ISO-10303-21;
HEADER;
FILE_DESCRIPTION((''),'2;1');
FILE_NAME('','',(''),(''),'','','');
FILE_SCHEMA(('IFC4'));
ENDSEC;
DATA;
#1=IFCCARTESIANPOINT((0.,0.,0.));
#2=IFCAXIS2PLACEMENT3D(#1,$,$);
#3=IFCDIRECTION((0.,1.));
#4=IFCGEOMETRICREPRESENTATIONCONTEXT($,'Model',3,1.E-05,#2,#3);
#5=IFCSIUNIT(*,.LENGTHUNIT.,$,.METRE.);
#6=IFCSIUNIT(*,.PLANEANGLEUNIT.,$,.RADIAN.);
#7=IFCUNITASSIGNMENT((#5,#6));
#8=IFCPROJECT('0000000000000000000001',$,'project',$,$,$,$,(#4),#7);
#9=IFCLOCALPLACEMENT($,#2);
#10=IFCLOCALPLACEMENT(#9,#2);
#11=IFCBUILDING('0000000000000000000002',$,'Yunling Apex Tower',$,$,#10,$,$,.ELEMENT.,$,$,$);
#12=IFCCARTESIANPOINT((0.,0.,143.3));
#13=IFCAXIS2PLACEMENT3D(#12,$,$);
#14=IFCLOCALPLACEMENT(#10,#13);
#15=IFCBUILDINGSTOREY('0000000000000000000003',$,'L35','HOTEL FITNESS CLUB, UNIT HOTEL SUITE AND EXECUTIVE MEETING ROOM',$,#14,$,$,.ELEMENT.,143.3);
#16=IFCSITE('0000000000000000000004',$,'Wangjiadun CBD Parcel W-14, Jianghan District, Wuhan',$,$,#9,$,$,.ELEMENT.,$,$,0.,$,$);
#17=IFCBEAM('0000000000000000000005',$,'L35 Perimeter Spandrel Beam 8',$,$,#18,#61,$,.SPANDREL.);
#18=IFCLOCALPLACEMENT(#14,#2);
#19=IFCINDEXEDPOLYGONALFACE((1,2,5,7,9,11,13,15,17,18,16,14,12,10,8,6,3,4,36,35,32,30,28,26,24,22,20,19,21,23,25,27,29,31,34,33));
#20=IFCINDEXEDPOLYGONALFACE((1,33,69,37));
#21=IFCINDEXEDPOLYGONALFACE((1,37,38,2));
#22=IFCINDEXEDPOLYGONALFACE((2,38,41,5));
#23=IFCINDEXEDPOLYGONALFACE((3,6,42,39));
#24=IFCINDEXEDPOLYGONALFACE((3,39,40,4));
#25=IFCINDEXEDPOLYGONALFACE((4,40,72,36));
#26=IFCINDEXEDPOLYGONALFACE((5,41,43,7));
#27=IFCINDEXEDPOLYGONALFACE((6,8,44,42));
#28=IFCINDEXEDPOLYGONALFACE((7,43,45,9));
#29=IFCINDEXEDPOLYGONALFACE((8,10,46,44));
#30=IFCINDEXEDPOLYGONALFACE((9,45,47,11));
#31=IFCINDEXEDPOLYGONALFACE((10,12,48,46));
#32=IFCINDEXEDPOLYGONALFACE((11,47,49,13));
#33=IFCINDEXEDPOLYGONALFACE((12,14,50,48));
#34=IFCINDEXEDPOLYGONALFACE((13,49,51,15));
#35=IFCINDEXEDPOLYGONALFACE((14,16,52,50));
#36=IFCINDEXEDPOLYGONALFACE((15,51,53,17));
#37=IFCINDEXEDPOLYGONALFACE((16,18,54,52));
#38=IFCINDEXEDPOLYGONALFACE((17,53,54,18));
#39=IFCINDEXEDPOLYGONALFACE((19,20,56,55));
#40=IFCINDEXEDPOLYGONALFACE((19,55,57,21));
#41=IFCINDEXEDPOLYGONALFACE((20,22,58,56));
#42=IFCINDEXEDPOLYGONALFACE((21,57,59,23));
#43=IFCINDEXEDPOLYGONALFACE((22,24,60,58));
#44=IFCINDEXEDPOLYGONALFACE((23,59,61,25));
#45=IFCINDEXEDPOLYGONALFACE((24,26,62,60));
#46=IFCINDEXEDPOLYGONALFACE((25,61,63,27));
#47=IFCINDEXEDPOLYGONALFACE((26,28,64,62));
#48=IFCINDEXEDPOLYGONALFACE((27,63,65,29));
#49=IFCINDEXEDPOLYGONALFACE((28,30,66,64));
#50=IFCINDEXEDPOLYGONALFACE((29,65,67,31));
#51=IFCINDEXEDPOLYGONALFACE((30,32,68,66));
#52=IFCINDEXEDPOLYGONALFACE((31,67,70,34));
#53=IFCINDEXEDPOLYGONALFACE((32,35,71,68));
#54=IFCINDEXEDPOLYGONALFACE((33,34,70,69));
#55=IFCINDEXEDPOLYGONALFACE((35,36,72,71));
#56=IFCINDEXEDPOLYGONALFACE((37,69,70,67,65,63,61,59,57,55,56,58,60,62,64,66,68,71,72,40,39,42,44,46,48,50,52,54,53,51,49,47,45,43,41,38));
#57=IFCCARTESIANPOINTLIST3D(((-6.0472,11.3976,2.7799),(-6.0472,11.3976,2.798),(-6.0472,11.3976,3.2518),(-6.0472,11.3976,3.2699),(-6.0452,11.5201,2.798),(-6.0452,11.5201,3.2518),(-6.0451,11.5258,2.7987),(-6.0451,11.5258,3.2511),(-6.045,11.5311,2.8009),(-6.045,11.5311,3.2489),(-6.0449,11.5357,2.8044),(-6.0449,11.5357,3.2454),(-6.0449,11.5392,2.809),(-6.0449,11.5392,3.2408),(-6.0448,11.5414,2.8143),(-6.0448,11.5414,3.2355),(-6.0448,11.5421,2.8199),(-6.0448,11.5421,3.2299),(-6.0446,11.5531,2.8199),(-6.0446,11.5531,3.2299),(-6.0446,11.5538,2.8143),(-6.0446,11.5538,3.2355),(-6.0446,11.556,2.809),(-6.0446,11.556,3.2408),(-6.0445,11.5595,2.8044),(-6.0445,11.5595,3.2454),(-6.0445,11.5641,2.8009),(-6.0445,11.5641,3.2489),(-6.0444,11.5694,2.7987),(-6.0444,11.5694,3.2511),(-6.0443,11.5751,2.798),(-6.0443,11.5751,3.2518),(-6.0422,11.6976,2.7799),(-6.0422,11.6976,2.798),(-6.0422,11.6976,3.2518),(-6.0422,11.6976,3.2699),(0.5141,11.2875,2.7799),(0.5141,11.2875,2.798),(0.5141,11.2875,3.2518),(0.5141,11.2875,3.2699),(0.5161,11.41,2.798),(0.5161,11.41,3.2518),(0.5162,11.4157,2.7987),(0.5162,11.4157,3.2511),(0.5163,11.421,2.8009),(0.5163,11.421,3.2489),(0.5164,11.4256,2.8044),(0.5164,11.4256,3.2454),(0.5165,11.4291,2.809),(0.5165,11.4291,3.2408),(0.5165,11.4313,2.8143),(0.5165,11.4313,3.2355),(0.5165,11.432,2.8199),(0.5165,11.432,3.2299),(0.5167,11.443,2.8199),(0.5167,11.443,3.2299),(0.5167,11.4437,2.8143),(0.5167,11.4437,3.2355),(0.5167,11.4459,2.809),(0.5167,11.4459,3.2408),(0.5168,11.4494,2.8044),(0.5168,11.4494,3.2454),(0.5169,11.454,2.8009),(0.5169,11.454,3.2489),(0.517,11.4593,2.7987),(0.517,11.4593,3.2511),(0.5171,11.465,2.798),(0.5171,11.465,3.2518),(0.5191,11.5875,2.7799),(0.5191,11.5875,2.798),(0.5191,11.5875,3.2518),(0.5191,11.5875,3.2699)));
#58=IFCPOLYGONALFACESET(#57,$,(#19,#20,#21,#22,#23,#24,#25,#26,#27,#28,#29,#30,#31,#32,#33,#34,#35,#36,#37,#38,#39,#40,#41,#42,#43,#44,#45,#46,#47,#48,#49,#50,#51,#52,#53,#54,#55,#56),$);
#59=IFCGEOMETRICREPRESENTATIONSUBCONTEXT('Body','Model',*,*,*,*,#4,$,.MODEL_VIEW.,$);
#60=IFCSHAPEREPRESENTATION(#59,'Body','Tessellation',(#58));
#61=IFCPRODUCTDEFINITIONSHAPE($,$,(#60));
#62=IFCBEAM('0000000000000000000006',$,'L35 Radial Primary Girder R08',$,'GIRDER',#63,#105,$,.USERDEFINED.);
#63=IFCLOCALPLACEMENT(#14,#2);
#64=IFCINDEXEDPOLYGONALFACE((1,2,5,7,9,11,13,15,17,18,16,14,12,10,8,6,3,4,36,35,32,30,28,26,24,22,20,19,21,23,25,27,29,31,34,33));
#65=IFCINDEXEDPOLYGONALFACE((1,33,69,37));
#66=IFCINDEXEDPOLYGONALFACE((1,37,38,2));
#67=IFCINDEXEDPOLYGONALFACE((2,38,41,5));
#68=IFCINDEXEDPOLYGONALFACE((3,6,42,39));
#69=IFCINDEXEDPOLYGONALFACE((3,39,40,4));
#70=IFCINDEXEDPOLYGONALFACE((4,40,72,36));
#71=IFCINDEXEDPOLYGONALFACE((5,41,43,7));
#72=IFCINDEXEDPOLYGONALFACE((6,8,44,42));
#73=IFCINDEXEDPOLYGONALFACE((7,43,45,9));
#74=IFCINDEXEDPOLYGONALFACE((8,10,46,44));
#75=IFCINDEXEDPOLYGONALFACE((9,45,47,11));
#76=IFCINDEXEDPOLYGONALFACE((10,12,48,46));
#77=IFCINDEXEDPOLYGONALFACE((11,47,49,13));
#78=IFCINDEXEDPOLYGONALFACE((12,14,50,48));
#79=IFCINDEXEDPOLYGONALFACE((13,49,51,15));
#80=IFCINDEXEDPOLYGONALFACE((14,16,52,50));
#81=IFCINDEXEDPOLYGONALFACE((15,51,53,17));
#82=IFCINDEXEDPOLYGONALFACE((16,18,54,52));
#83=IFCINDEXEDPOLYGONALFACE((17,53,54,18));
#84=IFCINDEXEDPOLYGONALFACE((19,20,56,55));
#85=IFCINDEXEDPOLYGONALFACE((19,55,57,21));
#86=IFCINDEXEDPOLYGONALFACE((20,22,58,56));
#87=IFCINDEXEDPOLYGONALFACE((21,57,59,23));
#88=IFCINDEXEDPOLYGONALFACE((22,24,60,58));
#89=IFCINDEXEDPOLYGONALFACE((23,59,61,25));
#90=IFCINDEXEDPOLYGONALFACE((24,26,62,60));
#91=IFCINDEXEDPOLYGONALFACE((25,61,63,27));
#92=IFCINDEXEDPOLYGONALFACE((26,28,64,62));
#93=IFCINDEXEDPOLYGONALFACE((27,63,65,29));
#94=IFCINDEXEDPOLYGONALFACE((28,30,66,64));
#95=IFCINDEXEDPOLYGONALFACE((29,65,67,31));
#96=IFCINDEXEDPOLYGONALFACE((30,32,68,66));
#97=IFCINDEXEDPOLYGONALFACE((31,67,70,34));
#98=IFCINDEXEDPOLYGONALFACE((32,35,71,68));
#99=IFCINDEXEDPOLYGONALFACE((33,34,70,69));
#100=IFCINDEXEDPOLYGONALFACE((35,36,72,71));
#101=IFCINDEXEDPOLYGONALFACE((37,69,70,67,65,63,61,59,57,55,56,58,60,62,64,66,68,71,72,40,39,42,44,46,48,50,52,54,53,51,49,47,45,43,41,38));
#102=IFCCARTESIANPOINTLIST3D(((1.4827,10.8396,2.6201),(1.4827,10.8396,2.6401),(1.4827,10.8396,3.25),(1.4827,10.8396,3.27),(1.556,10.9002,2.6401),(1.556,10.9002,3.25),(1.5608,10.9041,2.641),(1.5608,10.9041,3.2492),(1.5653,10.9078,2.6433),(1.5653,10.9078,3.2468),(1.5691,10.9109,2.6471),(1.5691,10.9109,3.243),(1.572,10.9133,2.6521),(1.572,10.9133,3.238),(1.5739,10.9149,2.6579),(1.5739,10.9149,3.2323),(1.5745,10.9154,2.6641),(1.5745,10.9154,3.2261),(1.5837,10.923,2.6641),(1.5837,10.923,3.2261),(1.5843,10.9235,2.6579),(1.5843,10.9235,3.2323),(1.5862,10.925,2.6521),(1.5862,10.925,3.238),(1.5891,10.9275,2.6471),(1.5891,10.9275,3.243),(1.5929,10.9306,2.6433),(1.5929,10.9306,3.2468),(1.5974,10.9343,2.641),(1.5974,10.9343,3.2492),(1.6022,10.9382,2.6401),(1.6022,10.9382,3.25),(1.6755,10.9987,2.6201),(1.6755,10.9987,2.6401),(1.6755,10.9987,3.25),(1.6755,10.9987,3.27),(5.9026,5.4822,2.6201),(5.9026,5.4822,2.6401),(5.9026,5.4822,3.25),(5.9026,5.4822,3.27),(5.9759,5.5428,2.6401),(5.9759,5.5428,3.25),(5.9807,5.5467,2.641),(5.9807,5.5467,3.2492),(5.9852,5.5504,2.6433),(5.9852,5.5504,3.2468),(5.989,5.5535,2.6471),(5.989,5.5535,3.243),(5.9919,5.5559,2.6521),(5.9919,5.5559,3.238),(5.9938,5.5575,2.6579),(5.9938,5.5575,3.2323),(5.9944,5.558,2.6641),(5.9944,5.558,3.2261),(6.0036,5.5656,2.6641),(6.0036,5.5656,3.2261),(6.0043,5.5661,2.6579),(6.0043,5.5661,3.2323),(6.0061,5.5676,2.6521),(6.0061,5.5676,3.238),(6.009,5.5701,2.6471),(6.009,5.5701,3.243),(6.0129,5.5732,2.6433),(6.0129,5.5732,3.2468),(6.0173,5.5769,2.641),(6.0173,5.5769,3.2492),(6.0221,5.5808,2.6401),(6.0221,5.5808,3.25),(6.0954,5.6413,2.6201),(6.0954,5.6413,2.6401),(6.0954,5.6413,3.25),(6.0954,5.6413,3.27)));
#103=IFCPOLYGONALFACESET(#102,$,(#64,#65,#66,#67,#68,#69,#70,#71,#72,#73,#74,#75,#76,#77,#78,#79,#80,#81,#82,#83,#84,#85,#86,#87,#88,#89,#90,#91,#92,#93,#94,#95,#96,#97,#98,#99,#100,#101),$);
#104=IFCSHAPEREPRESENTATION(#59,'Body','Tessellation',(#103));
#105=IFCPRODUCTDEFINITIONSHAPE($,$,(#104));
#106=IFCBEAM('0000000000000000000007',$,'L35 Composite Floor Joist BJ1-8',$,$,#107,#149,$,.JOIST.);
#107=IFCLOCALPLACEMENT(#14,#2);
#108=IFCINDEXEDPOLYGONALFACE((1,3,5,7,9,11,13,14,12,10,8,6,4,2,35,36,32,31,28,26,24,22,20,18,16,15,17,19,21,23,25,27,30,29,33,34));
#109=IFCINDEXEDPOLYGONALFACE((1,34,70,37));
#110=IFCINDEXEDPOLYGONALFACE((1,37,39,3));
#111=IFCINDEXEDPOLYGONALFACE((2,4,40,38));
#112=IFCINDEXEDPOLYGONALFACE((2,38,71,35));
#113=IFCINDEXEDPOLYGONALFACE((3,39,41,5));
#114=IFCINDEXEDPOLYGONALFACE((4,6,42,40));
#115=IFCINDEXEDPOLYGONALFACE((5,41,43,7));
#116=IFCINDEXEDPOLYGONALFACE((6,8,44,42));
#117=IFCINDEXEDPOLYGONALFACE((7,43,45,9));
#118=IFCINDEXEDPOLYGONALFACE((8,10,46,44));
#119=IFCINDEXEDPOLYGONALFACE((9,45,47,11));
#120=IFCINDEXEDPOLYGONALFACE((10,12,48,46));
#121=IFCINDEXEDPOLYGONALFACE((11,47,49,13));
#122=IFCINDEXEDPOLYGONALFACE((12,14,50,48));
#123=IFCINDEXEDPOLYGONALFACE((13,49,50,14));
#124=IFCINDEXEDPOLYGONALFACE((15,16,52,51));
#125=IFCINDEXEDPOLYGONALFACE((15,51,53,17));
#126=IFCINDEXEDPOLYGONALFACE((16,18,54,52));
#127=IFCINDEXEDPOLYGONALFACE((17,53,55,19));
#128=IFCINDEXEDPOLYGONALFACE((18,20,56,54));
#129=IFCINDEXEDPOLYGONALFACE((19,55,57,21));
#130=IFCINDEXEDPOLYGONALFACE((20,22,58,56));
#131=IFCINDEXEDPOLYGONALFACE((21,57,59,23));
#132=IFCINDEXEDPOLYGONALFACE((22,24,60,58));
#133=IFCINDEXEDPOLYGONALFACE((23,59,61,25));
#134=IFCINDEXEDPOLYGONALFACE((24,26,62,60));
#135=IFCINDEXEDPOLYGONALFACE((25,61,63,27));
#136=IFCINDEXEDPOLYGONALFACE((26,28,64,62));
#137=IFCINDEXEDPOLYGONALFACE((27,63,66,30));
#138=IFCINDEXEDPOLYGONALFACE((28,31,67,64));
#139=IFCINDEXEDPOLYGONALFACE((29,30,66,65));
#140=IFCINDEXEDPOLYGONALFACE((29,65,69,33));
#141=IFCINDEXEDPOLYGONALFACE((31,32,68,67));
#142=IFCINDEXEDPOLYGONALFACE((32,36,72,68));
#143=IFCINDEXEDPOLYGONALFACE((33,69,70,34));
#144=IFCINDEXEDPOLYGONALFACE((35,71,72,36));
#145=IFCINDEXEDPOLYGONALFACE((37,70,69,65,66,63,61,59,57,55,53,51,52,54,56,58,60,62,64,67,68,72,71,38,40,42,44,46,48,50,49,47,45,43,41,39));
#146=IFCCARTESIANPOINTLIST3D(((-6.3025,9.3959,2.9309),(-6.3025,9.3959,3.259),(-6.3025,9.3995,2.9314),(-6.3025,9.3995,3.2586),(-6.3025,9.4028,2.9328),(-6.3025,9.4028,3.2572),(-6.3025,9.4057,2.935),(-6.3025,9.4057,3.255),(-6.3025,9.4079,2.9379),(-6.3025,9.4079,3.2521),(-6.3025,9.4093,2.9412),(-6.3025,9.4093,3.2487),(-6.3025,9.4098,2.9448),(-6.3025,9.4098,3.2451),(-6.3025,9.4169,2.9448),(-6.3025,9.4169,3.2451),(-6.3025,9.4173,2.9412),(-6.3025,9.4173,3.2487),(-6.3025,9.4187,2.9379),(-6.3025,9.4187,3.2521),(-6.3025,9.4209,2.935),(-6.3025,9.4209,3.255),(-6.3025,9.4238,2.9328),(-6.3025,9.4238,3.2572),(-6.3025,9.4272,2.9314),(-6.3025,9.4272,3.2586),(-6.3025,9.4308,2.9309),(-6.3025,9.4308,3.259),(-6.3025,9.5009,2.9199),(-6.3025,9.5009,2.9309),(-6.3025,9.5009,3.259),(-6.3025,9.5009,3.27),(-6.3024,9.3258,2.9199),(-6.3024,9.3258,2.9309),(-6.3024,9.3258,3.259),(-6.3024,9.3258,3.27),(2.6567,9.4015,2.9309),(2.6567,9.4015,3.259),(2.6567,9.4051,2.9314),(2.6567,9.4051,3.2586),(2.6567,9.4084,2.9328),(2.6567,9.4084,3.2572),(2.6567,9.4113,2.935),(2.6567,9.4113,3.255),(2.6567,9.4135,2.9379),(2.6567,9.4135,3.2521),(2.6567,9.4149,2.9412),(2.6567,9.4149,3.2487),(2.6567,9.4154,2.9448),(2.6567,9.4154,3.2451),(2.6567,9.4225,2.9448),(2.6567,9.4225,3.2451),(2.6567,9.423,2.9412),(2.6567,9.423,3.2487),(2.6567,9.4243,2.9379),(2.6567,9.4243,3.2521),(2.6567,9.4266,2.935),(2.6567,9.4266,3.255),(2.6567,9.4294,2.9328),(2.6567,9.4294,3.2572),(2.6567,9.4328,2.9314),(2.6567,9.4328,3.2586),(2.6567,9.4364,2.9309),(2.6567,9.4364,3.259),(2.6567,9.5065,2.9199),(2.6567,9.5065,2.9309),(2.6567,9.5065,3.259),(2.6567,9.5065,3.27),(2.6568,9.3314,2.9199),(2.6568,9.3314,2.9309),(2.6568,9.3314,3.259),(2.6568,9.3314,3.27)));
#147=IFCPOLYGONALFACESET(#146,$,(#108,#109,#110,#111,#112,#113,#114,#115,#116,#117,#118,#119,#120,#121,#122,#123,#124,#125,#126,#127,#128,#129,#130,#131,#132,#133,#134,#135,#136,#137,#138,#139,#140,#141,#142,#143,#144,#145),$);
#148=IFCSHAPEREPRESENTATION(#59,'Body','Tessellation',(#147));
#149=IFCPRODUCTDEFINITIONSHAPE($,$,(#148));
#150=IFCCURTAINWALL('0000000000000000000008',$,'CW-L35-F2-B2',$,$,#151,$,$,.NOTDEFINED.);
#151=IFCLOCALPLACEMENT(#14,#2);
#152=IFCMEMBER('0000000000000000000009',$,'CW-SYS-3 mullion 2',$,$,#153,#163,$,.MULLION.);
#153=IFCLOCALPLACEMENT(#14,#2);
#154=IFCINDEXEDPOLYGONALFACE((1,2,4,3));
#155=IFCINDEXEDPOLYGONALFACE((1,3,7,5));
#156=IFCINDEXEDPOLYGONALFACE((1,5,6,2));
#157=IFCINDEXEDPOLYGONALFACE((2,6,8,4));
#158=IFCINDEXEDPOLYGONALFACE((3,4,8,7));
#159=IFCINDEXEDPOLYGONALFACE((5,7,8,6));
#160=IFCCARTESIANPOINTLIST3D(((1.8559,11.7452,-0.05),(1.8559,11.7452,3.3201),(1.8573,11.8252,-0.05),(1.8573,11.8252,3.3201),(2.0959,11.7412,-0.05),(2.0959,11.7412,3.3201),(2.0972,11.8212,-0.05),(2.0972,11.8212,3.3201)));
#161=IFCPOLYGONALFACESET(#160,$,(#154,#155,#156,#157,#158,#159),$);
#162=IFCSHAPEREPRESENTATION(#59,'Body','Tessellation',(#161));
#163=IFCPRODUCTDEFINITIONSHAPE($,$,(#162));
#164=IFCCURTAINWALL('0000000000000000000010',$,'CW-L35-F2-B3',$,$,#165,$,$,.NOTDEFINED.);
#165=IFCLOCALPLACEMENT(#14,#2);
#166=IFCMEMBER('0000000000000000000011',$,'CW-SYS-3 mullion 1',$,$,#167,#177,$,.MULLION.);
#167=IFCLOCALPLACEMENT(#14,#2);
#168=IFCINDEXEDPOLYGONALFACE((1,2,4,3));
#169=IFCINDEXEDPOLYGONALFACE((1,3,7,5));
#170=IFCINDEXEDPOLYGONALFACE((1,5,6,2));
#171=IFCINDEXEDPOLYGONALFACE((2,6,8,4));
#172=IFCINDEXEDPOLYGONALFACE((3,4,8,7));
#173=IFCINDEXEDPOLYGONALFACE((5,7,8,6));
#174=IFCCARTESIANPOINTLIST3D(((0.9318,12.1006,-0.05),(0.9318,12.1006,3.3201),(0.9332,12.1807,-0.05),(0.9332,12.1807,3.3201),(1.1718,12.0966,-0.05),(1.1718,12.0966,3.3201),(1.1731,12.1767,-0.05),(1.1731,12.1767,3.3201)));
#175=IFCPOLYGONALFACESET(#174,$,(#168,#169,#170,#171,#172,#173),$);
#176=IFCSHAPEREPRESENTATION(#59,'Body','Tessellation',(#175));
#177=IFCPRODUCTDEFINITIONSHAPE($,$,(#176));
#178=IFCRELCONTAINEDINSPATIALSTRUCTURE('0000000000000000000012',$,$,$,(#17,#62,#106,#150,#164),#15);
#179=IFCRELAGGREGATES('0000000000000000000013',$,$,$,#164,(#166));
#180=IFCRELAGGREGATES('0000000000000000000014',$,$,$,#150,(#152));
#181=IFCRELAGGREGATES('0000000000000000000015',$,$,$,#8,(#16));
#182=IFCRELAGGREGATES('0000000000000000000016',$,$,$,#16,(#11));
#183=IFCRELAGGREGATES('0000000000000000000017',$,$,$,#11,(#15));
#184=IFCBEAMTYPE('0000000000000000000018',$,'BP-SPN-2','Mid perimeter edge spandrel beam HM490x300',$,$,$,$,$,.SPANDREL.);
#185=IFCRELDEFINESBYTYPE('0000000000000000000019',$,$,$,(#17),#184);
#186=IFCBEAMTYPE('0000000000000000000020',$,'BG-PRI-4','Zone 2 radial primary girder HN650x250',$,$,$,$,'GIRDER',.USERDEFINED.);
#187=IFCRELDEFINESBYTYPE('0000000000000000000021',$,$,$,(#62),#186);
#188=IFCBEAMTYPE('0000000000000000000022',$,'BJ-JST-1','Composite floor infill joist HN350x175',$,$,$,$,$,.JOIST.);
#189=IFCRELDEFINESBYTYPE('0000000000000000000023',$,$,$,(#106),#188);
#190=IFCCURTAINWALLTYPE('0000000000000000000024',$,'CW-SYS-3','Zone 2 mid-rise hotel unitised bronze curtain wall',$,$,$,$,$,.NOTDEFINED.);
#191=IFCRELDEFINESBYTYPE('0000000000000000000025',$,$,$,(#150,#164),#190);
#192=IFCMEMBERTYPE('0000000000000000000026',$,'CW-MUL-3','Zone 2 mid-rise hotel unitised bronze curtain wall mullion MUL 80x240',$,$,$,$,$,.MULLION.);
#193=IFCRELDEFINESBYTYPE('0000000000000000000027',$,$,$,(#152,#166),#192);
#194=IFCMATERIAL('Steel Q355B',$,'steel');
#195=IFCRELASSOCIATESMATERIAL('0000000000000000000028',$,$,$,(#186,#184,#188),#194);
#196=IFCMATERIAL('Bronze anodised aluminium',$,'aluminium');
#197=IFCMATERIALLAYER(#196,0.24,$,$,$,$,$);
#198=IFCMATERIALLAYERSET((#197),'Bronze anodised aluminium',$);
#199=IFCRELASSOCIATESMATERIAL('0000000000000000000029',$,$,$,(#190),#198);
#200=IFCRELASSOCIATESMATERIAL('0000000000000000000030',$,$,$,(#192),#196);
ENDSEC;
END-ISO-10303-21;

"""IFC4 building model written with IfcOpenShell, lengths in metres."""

from ifc_helpers import new_model, si_unit, direction, frame, origin, origin_2d, place, context, subcontext, project, spatial, rectangle, i_section, extrude, source, transform, mapped, material, layer, layer_set, material_profile, profile_set, type_object, element, aggregate, save


model = new_model("IFC4")

# Units and contexts
model_context = context("Model", 3, precision=1e-05, world=origin(), true_north=direction((0.0, 1.0)))
body_context = subcontext(model_context, "Body", "Model", "MODEL_VIEW")
ifc_project = project(units=[si_unit("LENGTHUNIT", "METRE"), si_unit("PLANEANGLEUNIT", "RADIAN")], contexts=[model_context])

# Site, building, storey
site_placement = place(None, origin())
site = spatial("IfcSite", under=ifc_project, at=site_placement, Name="Wangjiadun CBD Parcel W-14, Jianghan District, Wuhan", CompositionType="ELEMENT", RefElevation=0.0)
building_placement = place(site_placement, origin())
building = spatial("IfcBuilding", under=site, at=building_placement, Name="Yunling Apex Tower", CompositionType="ELEMENT")
storey_placement = place(building_placement, frame((0.0, 0.0, 143.3)))
storey = spatial("IfcBuildingStorey", under=building, at=storey_placement, Name="L35", Description="HOTEL FITNESS CLUB, UNIT HOTEL SUITE AND EXECUTIVE MEETING ROOM", CompositionType="ELEMENT", Elevation=143.3)

# Beams
ifc_material_1 = material(Name="Steel Q355B", Category="steel")
ifc_material_profile_1 = material_profile(ifc_material_1, i_section(OverallWidth=0.25, OverallDepth=0.6499, WebThickness=0.012, FlangeThickness=0.02, FilletRadius=0.0239, at=origin_2d()))
ifc_profile_set_1 = profile_set([ifc_material_profile_1], Name="Steel Q355B")
beam_type_1 = type_object("IfcBeamType", Name="BG-PRI-4", Description="Zone 2 radial primary girder HN650x250", ElementType="GIRDER", PredefinedType="USERDEFINED", material=ifc_profile_set_1)
ifc_material_profile_2 = material_profile(ifc_material_1, i_section(OverallWidth=0.3, OverallDepth=0.49, WebThickness=0.011, FlangeThickness=0.0181, FilletRadius=0.022, at=origin_2d()))
ifc_profile_set_2 = profile_set([ifc_material_profile_2], Name="Steel Q355B")
beam_type_2 = type_object("IfcBeamType", Name="BP-SPN-2", Description="Mid perimeter edge spandrel beam HM490x300", PredefinedType="SPANDREL", material=ifc_profile_set_2)
shared_shape_1 = source(origin(), body_context, "Body", "SweptSolid", [
    extrude(i_section(OverallWidth=0.3, OverallDepth=0.49, WebThickness=0.011, FlangeThickness=0.0181, FilletRadius=0.022, at=origin_2d()), origin(), (0.0, 0.0, 1.0), 6.5623),
])
beam_1_placement = place(storey_placement, frame((0.5166, 11.4375, 3.0249), z_axis=(-0.999859, 0.016779, 0.0), x_axis=(-0.016779, -0.999859, 0.0)))
element("IfcBeam", 1, at=beam_1_placement, inside=storey, type_object=beam_type_2, Name="L35 Perimeter Spandrel Beam 8", PredefinedType="SPANDREL", context=body_context, shape_type="MappedRepresentation", body=[
    mapped(shared_shape_1, transform((0.0, 0.0, 0.0), scale=1.0)),
])
shared_shape_2 = source(origin(), body_context, "Body", "SweptSolid", [
    extrude(i_section(OverallWidth=0.25, OverallDepth=0.6499, WebThickness=0.012, FlangeThickness=0.02, FilletRadius=0.0239, at=origin_2d()), origin(), (0.0, 0.0, 1.0), 6.9453),
])
beam_2_placement = place(storey_placement, frame((1.5791, 10.9192, 2.9451), z_axis=(0.636387, -0.77137, 0.0), x_axis=(0.77137, 0.636387, 0.0)))
element("IfcBeam", 2, at=beam_2_placement, inside=storey, type_object=beam_type_1, Name="L35 Radial Primary Girder R08", ObjectType="GIRDER", PredefinedType="USERDEFINED", context=body_context, shape_type="MappedRepresentation", body=[
    mapped(shared_shape_2, transform((0.0, 0.0, 0.0), scale=1.0)),
])
ifc_material_profile_3 = material_profile(ifc_material_1, i_section(OverallWidth=0.175, OverallDepth=0.3501, WebThickness=0.0071, FlangeThickness=0.011, FilletRadius=0.0139, at=origin_2d()))
ifc_profile_set_3 = profile_set([ifc_material_profile_3], Name="Steel Q355B")
beam_type_3 = type_object("IfcBeamType", Name="BJ-JST-1", Description="Composite floor infill joist HN350x175", PredefinedType="JOIST", material=ifc_profile_set_3)
shared_shape_3 = source(origin(), body_context, "Body", "SweptSolid", [
    extrude(i_section(OverallWidth=0.175, OverallDepth=0.3501, WebThickness=0.0071, FlangeThickness=0.011, FilletRadius=0.0139, at=origin_2d()), origin(), (0.0, 0.0, 1.0), 8.9592),
])
beam_3_placement = place(storey_placement, frame((2.6567, 9.4189, 3.095), z_axis=(-1.0, -0.000627, 0.0), x_axis=(0.000627, -1.0, 0.0)))
element("IfcBeam", 3, at=beam_3_placement, inside=storey, type_object=beam_type_3, Name="L35 Composite Floor Joist BJ1-8", PredefinedType="JOIST", context=body_context, shape_type="MappedRepresentation", body=[
    mapped(shared_shape_3, transform((0.0, 0.0, 0.0), scale=1.0)),
])

# Curtain wall, member
ifc_material_2 = material(Name="Bronze anodised aluminium", Category="aluminium")
ifc_layer_1 = layer(ifc_material_2, 0.24)
ifc_layer_set_1 = layer_set([ifc_layer_1], Name="Bronze anodised aluminium")
curtain_wall_type = type_object("IfcCurtainWallType", Name="CW-SYS-3", Description="Zone 2 mid-rise hotel unitised bronze curtain wall", PredefinedType="NOTDEFINED", material=ifc_layer_set_1)
curtain_wall_1_placement = place(storey_placement, origin())
curtain_wall_1 = element("IfcCurtainWall", 4, at=curtain_wall_1_placement, inside=storey, type_object=curtain_wall_type, Name="CW-L35-F2-B2", PredefinedType="NOTDEFINED")
ifc_material_profile_4 = material_profile(ifc_material_2, rectangle(XDim=0.0801, YDim=0.24, at=origin_2d()))
ifc_profile_set_4 = profile_set([ifc_material_profile_4], Name="Bronze anodised aluminium")
member_type_1 = type_object("IfcMemberType", Name="CW-MUL-3", Description="Zone 2 mid-rise hotel unitised bronze curtain wall mullion MUL 80x240", PredefinedType="MULLION", material=ifc_profile_set_4)
shared_shape_4 = source(origin(), body_context, "Body", "SweptSolid", [
    extrude(rectangle(XDim=0.0801, YDim=0.24, at=origin_2d()), origin(), (0.0, 0.0, 1.0), 3.3701),
])
member_1_placement = place(storey_placement, frame((1.9766, 11.7832, -0.05), z_axis=(0.0, 0.0, 1.0), x_axis=(-0.016767, -0.999859, 0.0)))
member_1 = element("IfcMember", 5, at=member_1_placement, type_object=member_type_1, Name="CW-SYS-3 mullion 2", PredefinedType="MULLION", context=body_context, shape_type="MappedRepresentation", body=[
    mapped(shared_shape_4, transform((0.0, 0.0, 0.0), scale=1.0)),
])

# Curtain wall, member
curtain_wall_2_placement = place(storey_placement, origin())
curtain_wall_2 = element("IfcCurtainWall", 6, at=curtain_wall_2_placement, inside=storey, type_object=curtain_wall_type, Name="CW-L35-F2-B3", PredefinedType="NOTDEFINED")
member_2_placement = place(storey_placement, frame((1.0525, 12.1387, -0.05), z_axis=(0.0, 0.0, 1.0), x_axis=(-0.016762, -0.99986, 0.0)))
member_2 = element("IfcMember", 7, at=member_2_placement, type_object=member_type_1, Name="CW-SYS-3 mullion 1", PredefinedType="MULLION", context=body_context, shape_type="MappedRepresentation", body=[
    mapped(shared_shape_4, transform((0.0, 0.0, 0.0), scale=1.0)),
])

aggregate(curtain_wall_2, [member_2])
aggregate(curtain_wall_1, [member_1])

save(model, "model.ifc")
